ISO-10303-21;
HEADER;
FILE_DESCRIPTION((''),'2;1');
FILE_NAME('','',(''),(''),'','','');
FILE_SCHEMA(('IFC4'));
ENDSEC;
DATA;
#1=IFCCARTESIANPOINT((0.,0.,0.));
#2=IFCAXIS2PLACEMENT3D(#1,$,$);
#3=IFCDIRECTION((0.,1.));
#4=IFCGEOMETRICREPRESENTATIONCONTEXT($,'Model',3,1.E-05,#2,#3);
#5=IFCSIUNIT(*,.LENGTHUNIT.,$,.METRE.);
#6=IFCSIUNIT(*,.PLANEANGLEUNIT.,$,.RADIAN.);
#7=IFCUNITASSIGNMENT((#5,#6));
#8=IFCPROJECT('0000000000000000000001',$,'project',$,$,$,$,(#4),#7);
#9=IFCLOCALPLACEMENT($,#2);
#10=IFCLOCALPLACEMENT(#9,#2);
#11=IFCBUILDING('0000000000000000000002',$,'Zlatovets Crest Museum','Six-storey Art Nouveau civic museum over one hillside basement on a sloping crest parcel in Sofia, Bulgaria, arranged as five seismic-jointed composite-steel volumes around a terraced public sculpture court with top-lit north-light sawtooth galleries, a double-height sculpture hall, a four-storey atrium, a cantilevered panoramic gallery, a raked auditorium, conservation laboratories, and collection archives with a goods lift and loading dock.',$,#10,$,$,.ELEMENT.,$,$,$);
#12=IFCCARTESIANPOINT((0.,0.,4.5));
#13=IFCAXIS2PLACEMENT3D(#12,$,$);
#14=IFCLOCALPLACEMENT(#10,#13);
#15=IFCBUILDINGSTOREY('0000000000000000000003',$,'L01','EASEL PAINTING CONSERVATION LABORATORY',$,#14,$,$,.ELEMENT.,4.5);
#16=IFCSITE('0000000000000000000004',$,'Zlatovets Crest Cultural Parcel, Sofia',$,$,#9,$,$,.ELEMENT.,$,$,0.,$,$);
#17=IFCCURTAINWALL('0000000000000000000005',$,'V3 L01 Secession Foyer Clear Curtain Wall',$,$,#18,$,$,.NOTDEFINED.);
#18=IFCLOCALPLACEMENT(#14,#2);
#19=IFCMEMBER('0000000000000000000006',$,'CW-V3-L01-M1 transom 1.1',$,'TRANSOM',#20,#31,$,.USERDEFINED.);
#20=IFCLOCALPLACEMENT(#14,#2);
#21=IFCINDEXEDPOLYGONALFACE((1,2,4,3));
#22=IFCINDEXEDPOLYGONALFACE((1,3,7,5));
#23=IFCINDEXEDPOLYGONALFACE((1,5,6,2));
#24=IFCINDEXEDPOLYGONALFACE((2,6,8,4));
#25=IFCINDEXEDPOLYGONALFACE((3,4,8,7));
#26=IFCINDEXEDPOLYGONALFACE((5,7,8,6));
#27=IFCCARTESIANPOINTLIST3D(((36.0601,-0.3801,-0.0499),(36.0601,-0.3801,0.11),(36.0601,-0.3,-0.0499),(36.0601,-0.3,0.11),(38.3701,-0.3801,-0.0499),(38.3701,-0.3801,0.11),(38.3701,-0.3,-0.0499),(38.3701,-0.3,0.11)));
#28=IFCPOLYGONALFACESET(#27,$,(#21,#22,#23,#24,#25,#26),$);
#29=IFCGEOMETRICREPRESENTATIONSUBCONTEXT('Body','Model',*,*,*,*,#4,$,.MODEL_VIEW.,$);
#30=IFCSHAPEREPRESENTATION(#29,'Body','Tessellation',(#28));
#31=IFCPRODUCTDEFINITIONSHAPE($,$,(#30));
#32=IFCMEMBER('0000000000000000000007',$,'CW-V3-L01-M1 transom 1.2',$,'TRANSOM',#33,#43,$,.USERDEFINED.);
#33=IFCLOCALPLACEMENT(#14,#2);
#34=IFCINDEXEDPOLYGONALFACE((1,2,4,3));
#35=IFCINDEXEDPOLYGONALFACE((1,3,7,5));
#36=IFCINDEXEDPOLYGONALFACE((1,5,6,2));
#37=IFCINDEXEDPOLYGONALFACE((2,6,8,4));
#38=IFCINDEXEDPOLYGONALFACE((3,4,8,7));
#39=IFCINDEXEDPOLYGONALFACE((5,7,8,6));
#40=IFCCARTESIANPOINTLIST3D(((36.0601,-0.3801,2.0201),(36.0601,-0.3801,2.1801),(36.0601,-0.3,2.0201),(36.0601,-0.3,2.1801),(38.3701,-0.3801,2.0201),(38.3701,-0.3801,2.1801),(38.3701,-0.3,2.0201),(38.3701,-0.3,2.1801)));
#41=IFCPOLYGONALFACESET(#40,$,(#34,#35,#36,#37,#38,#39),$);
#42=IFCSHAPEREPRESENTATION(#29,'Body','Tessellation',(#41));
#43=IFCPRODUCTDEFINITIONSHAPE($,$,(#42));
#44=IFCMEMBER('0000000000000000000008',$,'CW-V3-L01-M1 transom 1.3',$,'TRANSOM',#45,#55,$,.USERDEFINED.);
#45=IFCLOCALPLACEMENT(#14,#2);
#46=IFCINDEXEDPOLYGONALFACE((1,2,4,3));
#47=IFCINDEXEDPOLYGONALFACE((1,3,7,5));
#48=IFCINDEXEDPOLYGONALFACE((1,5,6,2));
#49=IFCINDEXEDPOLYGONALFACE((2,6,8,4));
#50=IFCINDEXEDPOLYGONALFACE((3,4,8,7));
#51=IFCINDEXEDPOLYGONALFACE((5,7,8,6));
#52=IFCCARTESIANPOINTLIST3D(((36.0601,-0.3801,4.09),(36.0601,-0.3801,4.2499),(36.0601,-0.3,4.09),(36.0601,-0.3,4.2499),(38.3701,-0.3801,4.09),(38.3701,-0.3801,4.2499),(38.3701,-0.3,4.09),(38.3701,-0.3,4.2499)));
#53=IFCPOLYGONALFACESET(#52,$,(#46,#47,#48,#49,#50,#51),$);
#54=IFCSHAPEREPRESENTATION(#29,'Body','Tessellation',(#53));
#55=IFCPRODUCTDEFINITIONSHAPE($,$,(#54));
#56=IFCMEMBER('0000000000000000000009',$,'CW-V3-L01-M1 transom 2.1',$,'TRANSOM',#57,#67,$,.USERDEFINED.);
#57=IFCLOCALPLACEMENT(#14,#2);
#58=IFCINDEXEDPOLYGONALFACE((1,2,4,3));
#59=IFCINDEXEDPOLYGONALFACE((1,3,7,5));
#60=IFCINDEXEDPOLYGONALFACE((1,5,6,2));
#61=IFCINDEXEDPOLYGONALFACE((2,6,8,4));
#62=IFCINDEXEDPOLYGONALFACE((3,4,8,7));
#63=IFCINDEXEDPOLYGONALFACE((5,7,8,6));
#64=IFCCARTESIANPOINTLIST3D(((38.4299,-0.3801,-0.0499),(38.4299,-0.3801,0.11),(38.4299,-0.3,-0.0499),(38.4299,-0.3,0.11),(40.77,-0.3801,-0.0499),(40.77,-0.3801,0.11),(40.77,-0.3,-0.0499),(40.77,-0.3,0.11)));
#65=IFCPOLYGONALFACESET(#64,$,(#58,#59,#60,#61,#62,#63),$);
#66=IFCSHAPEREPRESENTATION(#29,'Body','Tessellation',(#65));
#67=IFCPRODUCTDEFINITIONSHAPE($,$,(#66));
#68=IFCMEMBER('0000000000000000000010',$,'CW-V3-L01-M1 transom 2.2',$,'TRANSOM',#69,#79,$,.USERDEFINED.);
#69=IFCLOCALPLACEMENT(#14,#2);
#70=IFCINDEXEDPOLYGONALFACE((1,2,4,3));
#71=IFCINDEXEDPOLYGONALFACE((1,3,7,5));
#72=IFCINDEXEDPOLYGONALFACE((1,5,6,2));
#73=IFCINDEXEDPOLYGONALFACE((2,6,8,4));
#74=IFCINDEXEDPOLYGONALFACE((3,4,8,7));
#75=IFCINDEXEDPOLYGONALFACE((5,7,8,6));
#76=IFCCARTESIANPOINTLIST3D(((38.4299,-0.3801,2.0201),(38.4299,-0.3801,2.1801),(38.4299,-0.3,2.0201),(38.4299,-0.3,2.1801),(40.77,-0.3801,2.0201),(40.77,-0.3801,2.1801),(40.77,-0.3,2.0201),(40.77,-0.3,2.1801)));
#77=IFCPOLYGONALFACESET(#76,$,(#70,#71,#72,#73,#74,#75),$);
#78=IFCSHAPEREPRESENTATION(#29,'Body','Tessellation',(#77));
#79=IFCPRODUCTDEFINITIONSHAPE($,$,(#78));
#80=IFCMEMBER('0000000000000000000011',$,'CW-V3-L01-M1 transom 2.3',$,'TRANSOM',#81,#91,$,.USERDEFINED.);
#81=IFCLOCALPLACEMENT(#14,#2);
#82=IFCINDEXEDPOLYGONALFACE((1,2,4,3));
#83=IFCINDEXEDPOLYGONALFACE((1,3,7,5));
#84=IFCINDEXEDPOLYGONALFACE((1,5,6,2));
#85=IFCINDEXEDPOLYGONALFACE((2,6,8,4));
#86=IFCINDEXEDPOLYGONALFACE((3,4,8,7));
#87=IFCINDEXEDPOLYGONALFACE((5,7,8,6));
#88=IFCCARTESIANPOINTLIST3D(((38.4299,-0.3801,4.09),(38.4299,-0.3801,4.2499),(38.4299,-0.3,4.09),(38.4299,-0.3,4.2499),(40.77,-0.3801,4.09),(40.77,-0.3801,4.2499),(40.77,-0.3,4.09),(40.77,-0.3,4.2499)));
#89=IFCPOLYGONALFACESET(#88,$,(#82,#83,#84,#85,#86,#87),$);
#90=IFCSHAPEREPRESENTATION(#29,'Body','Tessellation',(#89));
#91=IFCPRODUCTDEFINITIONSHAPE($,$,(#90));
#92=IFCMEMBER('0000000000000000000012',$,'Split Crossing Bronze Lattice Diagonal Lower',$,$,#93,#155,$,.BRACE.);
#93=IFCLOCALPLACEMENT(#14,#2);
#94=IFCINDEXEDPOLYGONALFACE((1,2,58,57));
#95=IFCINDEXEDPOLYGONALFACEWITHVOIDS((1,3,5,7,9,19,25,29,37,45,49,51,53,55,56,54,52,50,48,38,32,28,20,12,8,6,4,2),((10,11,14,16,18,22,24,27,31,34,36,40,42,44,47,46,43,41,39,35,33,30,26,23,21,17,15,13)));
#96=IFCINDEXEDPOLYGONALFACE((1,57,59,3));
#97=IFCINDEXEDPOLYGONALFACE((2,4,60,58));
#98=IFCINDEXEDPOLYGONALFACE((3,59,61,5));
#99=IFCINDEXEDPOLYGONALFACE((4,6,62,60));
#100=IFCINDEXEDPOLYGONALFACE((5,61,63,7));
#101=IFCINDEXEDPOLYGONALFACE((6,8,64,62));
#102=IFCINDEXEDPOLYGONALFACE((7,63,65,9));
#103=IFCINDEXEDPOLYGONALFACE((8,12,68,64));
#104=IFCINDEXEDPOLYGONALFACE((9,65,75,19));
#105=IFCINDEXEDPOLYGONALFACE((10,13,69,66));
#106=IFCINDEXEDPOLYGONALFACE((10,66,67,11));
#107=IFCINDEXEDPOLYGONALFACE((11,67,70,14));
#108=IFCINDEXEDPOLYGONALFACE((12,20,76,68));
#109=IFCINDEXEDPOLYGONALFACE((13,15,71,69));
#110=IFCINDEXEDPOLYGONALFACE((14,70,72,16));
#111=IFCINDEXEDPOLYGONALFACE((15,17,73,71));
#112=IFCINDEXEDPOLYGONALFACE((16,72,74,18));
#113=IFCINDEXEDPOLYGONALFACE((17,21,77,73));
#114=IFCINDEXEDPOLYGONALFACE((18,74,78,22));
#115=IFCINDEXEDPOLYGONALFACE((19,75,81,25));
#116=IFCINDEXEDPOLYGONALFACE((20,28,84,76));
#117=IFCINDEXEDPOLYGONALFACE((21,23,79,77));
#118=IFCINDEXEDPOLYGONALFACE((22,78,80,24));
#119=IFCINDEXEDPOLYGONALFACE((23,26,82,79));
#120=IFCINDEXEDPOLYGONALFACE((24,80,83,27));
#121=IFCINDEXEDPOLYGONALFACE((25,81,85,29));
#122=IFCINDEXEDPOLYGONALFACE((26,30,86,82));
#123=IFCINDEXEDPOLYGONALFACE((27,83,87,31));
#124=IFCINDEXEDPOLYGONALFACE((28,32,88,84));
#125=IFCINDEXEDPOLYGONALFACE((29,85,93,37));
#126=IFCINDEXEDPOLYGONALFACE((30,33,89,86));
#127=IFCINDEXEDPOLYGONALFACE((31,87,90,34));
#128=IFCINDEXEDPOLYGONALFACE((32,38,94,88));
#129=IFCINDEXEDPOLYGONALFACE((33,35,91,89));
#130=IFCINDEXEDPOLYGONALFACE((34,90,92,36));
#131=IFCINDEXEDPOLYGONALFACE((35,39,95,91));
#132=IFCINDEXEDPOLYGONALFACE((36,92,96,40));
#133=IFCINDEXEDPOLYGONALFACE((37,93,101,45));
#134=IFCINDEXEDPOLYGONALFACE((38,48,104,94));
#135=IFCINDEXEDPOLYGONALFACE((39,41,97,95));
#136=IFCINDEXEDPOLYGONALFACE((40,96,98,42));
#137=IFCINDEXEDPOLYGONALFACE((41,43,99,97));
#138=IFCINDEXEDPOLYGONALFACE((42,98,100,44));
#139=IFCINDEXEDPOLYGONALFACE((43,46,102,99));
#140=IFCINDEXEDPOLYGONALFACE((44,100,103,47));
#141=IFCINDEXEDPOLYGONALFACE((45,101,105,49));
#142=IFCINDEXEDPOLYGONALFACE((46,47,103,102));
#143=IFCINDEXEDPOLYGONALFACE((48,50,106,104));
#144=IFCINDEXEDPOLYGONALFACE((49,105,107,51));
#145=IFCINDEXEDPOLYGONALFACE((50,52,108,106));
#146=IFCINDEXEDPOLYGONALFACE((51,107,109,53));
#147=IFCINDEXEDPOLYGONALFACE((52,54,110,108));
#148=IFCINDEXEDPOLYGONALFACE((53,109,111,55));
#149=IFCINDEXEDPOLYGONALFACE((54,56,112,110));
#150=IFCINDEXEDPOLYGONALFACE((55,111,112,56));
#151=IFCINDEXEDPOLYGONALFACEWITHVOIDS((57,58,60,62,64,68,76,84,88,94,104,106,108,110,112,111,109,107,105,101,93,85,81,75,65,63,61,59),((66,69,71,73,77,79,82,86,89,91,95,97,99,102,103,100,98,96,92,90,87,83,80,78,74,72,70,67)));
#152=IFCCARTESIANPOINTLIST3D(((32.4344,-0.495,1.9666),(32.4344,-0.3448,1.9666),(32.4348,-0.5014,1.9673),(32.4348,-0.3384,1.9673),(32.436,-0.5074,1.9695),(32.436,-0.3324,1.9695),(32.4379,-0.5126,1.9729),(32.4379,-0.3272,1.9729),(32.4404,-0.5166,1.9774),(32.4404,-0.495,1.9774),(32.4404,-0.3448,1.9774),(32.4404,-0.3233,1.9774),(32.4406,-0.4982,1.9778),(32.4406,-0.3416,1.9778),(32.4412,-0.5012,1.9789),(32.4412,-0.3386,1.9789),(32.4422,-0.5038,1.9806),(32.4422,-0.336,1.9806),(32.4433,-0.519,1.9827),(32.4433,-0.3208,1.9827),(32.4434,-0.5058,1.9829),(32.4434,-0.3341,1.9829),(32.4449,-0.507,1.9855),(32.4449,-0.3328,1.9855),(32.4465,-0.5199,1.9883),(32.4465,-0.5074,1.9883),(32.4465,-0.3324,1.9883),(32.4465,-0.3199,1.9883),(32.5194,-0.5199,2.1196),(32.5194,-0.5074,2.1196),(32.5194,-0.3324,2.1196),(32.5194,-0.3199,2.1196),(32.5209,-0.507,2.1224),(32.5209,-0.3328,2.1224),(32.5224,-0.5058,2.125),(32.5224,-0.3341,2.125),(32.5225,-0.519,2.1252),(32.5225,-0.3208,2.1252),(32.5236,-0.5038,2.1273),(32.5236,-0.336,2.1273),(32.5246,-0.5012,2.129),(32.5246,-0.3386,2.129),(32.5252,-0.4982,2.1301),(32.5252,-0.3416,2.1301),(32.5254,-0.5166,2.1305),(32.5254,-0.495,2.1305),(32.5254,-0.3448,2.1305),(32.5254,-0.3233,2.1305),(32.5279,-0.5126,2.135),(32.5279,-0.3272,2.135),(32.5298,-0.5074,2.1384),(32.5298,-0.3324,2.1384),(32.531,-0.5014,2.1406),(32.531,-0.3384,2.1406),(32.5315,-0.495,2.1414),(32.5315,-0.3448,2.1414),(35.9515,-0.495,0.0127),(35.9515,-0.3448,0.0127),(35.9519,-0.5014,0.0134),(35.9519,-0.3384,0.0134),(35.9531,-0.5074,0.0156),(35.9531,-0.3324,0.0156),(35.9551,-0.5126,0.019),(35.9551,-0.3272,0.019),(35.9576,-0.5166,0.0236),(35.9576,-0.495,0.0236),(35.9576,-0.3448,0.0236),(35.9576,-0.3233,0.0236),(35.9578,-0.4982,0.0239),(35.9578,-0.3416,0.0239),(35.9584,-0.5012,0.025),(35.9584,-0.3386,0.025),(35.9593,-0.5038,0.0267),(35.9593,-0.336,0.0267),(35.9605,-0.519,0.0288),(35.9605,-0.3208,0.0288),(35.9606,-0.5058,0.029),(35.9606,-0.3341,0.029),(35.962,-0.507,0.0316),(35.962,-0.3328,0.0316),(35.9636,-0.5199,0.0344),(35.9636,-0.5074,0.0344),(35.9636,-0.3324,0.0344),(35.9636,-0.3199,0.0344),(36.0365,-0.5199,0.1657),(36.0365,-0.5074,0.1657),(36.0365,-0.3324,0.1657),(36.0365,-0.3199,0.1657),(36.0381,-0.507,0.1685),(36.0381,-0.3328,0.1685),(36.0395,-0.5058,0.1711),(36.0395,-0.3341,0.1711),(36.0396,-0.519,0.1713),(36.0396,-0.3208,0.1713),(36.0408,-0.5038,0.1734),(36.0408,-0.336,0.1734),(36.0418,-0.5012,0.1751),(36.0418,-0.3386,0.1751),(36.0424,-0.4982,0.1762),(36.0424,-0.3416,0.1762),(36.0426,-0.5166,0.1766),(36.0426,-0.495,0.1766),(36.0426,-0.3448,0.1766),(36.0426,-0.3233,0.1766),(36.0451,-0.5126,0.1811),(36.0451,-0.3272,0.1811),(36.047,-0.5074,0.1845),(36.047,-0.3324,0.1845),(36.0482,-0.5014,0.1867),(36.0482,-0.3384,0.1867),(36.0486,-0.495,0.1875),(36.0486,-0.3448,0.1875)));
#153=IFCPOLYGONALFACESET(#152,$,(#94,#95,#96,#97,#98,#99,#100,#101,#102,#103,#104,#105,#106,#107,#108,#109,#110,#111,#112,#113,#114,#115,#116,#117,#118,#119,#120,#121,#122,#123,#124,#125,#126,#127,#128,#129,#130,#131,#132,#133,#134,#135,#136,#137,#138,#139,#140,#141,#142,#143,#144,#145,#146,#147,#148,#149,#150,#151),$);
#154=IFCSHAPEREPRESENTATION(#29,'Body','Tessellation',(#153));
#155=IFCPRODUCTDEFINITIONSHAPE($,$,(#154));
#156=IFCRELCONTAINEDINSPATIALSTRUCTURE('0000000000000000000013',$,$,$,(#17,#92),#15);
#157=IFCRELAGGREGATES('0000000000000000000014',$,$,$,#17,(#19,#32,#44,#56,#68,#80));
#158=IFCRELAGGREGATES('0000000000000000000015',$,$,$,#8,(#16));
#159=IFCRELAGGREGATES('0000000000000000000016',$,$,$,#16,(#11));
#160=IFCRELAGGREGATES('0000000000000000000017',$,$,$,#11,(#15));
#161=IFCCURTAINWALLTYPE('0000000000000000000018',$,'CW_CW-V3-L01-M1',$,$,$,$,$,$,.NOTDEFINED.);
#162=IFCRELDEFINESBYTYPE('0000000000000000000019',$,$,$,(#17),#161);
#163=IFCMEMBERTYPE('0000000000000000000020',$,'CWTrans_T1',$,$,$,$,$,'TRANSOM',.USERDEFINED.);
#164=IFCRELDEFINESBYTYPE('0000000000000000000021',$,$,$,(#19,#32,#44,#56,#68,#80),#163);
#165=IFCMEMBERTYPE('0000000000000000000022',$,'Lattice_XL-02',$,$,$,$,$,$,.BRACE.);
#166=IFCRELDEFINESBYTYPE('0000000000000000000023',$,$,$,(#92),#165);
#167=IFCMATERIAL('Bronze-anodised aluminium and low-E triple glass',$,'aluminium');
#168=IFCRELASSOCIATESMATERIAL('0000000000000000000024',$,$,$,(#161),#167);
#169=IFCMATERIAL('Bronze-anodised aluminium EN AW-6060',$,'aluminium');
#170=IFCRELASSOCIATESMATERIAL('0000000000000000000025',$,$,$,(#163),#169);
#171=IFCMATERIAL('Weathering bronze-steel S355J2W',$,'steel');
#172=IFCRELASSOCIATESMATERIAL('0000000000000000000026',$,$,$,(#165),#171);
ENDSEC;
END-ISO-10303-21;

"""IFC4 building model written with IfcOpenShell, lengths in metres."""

from ifc_helpers import new_model, si_unit, direction, frame, origin, origin_2d, place, context, subcontext, project, spatial, rectangle, hollow_rectangle, extrude, material, material_profile, profile_set, type_object, element, aggregate, save


model = new_model("IFC4")

# Units and contexts
model_context = context("Model", 3, precision=1e-05, world=origin(), true_north=direction((0.0, 1.0)))
body_context = subcontext(model_context, "Body", "Model", "MODEL_VIEW")
ifc_project = project(units=[si_unit("LENGTHUNIT", "METRE"), si_unit("PLANEANGLEUNIT", "RADIAN")], contexts=[model_context])

# Site, building, storey
site_placement = place(None, origin())
site = spatial("IfcSite", under=ifc_project, at=site_placement, Name="Zlatovets Crest Cultural Parcel, Sofia", CompositionType="ELEMENT", RefElevation=0.0)
building_placement = place(site_placement, origin())
building = spatial("IfcBuilding", under=site, at=building_placement, Name="Zlatovets Crest Museum", Description="Six-storey Art Nouveau civic museum over one hillside basement on a sloping crest parcel in Sofia, Bulgaria, arranged as five seismic-jointed composite-steel volumes around a terraced public sculpture court with top-lit north-light sawtooth galleries, a double-height sculpture hall, a four-storey atrium, a cantilevered panoramic gallery, a raked auditorium, conservation laboratories, and collection archives with a goods lift and loading dock.", CompositionType="ELEMENT")
storey_placement = place(building_placement, frame((0.0, 0.0, 4.5)))
storey = spatial("IfcBuildingStorey", under=building, at=storey_placement, Name="L01", Description="EASEL PAINTING CONSERVATION LABORATORY", CompositionType="ELEMENT", Elevation=4.5)

# Curtain wall
ifc_material_1 = material(Name="Bronze-anodised aluminium and low-E triple glass", Category="aluminium")
ifc_material_2 = material(Name="Bronze-anodised aluminium EN AW-6060", Category="aluminium")
curtain_wall_type_1 = type_object("IfcCurtainWallType", Name="CW_CW-V3-L01-M1", PredefinedType="NOTDEFINED", material=ifc_material_1)
curtain_wall_1_placement = place(storey_placement, origin())
curtain_wall_1 = element("IfcCurtainWall", 1, at=curtain_wall_1_placement, inside=storey, type_object=curtain_wall_type_1, Name="V3 L01 Secession Foyer Clear Curtain Wall", PredefinedType="NOTDEFINED")

# Members
ifc_material_profile_1 = material_profile(ifc_material_2, rectangle(XDim=0.0801, YDim=0.1599, at=origin_2d()), Name="ALU 80x160")
ifc_profile_set_1 = profile_set([ifc_material_profile_1], Name="Bronze-anodised aluminium EN AW-6060")
member_type_1 = type_object("IfcMemberType", Name="CWTrans_T1", ElementType="TRANSOM", PredefinedType="USERDEFINED", material=ifc_profile_set_1)
member_1_placement = place(storey_placement, frame((36.0601, -0.3401, 0.03), z_axis=(1.0, 0.0, 0.0), x_axis=(0.0, 1.0, 0.0)))
member_1 = element("IfcMember", 2, at=member_1_placement, type_object=member_type_1, Name="CW-V3-L01-M1 transom 1.1", ObjectType="TRANSOM", PredefinedType="USERDEFINED", context=body_context, shape_type="SweptSolid", body=[
    extrude(rectangle(XDim=0.0801, YDim=0.1599, at=origin_2d()), origin(), (0.0, 0.0, 1.0), 2.3101),
])
member_2_placement = place(storey_placement, frame((36.0601, -0.3401, 2.1001), z_axis=(1.0, 0.0, 0.0), x_axis=(0.0, 1.0, 0.0)))
member_2 = element("IfcMember", 3, at=member_2_placement, type_object=member_type_1, Name="CW-V3-L01-M1 transom 1.2", ObjectType="TRANSOM", PredefinedType="USERDEFINED", context=body_context, shape_type="SweptSolid", body=[
    extrude(rectangle(XDim=0.0801, YDim=0.1599, at=origin_2d()), origin(), (0.0, 0.0, 1.0), 2.3101),
])
member_3_placement = place(storey_placement, frame((36.0601, -0.3401, 4.1699), z_axis=(1.0, 0.0, 0.0), x_axis=(0.0, 1.0, 0.0)))
member_3 = element("IfcMember", 4, at=member_3_placement, type_object=member_type_1, Name="CW-V3-L01-M1 transom 1.3", ObjectType="TRANSOM", PredefinedType="USERDEFINED", context=body_context, shape_type="SweptSolid", body=[
    extrude(rectangle(XDim=0.0801, YDim=0.1599, at=origin_2d()), origin(), (0.0, 0.0, 1.0), 2.3101),
])
member_4_placement = place(storey_placement, frame((38.4299, -0.3401, 0.03), z_axis=(1.0, 0.0, 0.0), x_axis=(0.0, 1.0, 0.0)))
member_4 = element("IfcMember", 5, at=member_4_placement, type_object=member_type_1, Name="CW-V3-L01-M1 transom 2.1", ObjectType="TRANSOM", PredefinedType="USERDEFINED", context=body_context, shape_type="SweptSolid", body=[
    extrude(rectangle(XDim=0.0801, YDim=0.1599, at=origin_2d()), origin(), (0.0, 0.0, 1.0), 2.3401),
])
member_5_placement = place(storey_placement, frame((38.4299, -0.3401, 2.1001), z_axis=(1.0, 0.0, 0.0), x_axis=(0.0, 1.0, 0.0)))
member_5 = element("IfcMember", 6, at=member_5_placement, type_object=member_type_1, Name="CW-V3-L01-M1 transom 2.2", ObjectType="TRANSOM", PredefinedType="USERDEFINED", context=body_context, shape_type="SweptSolid", body=[
    extrude(rectangle(XDim=0.0801, YDim=0.1599, at=origin_2d()), origin(), (0.0, 0.0, 1.0), 2.3401),
])
member_6_placement = place(storey_placement, frame((38.4299, -0.3401, 4.1699), z_axis=(1.0, 0.0, 0.0), x_axis=(0.0, 1.0, 0.0)))
member_6 = element("IfcMember", 7, at=member_6_placement, type_object=member_type_1, Name="CW-V3-L01-M1 transom 2.3", ObjectType="TRANSOM", PredefinedType="USERDEFINED", context=body_context, shape_type="SweptSolid", body=[
    extrude(rectangle(XDim=0.0801, YDim=0.1599, at=origin_2d()), origin(), (0.0, 0.0, 1.0), 2.3401),
])

# Member
ifc_material_3 = material(Name="Weathering bronze-steel S355J2W", Category="steel")
ifc_material_profile_2 = material_profile(ifc_material_3, hollow_rectangle(XDim=0.2, YDim=0.2, WallThickness=0.0125, InnerFilletRadius=0.0125, OuterFilletRadius=0.0249, at=origin_2d()), Name="SHS 200x200x12.5")
ifc_profile_set_2 = profile_set([ifc_material_profile_2], Name="Weathering bronze-steel S355J2W")
member_type_2 = type_object("IfcMemberType", Name="Lattice_XL-02", PredefinedType="BRACE", material=ifc_profile_set_2)
member_7_placement = place(storey_placement, frame((32.4829, -0.4199, 2.054), z_axis=(0.874166, 0.0, -0.485627), x_axis=(0.0, 1.0, 0.0)))
element("IfcMember", 8, at=member_7_placement, inside=storey, type_object=member_type_2, Name="Split Crossing Bronze Lattice Diagonal Lower", PredefinedType="BRACE", context=body_context, shape_type="SweptSolid", body=[
    extrude(hollow_rectangle(XDim=0.2, YDim=0.2, WallThickness=0.0125, InnerFilletRadius=0.0125, OuterFilletRadius=0.0249, at=origin_2d()), origin(), (0.0, 0.0, 1.0), 4.0234),
])

aggregate(curtain_wall_1, [member_1, member_2, member_3, member_4, member_5, member_6])

save(model, "model.ifc")
